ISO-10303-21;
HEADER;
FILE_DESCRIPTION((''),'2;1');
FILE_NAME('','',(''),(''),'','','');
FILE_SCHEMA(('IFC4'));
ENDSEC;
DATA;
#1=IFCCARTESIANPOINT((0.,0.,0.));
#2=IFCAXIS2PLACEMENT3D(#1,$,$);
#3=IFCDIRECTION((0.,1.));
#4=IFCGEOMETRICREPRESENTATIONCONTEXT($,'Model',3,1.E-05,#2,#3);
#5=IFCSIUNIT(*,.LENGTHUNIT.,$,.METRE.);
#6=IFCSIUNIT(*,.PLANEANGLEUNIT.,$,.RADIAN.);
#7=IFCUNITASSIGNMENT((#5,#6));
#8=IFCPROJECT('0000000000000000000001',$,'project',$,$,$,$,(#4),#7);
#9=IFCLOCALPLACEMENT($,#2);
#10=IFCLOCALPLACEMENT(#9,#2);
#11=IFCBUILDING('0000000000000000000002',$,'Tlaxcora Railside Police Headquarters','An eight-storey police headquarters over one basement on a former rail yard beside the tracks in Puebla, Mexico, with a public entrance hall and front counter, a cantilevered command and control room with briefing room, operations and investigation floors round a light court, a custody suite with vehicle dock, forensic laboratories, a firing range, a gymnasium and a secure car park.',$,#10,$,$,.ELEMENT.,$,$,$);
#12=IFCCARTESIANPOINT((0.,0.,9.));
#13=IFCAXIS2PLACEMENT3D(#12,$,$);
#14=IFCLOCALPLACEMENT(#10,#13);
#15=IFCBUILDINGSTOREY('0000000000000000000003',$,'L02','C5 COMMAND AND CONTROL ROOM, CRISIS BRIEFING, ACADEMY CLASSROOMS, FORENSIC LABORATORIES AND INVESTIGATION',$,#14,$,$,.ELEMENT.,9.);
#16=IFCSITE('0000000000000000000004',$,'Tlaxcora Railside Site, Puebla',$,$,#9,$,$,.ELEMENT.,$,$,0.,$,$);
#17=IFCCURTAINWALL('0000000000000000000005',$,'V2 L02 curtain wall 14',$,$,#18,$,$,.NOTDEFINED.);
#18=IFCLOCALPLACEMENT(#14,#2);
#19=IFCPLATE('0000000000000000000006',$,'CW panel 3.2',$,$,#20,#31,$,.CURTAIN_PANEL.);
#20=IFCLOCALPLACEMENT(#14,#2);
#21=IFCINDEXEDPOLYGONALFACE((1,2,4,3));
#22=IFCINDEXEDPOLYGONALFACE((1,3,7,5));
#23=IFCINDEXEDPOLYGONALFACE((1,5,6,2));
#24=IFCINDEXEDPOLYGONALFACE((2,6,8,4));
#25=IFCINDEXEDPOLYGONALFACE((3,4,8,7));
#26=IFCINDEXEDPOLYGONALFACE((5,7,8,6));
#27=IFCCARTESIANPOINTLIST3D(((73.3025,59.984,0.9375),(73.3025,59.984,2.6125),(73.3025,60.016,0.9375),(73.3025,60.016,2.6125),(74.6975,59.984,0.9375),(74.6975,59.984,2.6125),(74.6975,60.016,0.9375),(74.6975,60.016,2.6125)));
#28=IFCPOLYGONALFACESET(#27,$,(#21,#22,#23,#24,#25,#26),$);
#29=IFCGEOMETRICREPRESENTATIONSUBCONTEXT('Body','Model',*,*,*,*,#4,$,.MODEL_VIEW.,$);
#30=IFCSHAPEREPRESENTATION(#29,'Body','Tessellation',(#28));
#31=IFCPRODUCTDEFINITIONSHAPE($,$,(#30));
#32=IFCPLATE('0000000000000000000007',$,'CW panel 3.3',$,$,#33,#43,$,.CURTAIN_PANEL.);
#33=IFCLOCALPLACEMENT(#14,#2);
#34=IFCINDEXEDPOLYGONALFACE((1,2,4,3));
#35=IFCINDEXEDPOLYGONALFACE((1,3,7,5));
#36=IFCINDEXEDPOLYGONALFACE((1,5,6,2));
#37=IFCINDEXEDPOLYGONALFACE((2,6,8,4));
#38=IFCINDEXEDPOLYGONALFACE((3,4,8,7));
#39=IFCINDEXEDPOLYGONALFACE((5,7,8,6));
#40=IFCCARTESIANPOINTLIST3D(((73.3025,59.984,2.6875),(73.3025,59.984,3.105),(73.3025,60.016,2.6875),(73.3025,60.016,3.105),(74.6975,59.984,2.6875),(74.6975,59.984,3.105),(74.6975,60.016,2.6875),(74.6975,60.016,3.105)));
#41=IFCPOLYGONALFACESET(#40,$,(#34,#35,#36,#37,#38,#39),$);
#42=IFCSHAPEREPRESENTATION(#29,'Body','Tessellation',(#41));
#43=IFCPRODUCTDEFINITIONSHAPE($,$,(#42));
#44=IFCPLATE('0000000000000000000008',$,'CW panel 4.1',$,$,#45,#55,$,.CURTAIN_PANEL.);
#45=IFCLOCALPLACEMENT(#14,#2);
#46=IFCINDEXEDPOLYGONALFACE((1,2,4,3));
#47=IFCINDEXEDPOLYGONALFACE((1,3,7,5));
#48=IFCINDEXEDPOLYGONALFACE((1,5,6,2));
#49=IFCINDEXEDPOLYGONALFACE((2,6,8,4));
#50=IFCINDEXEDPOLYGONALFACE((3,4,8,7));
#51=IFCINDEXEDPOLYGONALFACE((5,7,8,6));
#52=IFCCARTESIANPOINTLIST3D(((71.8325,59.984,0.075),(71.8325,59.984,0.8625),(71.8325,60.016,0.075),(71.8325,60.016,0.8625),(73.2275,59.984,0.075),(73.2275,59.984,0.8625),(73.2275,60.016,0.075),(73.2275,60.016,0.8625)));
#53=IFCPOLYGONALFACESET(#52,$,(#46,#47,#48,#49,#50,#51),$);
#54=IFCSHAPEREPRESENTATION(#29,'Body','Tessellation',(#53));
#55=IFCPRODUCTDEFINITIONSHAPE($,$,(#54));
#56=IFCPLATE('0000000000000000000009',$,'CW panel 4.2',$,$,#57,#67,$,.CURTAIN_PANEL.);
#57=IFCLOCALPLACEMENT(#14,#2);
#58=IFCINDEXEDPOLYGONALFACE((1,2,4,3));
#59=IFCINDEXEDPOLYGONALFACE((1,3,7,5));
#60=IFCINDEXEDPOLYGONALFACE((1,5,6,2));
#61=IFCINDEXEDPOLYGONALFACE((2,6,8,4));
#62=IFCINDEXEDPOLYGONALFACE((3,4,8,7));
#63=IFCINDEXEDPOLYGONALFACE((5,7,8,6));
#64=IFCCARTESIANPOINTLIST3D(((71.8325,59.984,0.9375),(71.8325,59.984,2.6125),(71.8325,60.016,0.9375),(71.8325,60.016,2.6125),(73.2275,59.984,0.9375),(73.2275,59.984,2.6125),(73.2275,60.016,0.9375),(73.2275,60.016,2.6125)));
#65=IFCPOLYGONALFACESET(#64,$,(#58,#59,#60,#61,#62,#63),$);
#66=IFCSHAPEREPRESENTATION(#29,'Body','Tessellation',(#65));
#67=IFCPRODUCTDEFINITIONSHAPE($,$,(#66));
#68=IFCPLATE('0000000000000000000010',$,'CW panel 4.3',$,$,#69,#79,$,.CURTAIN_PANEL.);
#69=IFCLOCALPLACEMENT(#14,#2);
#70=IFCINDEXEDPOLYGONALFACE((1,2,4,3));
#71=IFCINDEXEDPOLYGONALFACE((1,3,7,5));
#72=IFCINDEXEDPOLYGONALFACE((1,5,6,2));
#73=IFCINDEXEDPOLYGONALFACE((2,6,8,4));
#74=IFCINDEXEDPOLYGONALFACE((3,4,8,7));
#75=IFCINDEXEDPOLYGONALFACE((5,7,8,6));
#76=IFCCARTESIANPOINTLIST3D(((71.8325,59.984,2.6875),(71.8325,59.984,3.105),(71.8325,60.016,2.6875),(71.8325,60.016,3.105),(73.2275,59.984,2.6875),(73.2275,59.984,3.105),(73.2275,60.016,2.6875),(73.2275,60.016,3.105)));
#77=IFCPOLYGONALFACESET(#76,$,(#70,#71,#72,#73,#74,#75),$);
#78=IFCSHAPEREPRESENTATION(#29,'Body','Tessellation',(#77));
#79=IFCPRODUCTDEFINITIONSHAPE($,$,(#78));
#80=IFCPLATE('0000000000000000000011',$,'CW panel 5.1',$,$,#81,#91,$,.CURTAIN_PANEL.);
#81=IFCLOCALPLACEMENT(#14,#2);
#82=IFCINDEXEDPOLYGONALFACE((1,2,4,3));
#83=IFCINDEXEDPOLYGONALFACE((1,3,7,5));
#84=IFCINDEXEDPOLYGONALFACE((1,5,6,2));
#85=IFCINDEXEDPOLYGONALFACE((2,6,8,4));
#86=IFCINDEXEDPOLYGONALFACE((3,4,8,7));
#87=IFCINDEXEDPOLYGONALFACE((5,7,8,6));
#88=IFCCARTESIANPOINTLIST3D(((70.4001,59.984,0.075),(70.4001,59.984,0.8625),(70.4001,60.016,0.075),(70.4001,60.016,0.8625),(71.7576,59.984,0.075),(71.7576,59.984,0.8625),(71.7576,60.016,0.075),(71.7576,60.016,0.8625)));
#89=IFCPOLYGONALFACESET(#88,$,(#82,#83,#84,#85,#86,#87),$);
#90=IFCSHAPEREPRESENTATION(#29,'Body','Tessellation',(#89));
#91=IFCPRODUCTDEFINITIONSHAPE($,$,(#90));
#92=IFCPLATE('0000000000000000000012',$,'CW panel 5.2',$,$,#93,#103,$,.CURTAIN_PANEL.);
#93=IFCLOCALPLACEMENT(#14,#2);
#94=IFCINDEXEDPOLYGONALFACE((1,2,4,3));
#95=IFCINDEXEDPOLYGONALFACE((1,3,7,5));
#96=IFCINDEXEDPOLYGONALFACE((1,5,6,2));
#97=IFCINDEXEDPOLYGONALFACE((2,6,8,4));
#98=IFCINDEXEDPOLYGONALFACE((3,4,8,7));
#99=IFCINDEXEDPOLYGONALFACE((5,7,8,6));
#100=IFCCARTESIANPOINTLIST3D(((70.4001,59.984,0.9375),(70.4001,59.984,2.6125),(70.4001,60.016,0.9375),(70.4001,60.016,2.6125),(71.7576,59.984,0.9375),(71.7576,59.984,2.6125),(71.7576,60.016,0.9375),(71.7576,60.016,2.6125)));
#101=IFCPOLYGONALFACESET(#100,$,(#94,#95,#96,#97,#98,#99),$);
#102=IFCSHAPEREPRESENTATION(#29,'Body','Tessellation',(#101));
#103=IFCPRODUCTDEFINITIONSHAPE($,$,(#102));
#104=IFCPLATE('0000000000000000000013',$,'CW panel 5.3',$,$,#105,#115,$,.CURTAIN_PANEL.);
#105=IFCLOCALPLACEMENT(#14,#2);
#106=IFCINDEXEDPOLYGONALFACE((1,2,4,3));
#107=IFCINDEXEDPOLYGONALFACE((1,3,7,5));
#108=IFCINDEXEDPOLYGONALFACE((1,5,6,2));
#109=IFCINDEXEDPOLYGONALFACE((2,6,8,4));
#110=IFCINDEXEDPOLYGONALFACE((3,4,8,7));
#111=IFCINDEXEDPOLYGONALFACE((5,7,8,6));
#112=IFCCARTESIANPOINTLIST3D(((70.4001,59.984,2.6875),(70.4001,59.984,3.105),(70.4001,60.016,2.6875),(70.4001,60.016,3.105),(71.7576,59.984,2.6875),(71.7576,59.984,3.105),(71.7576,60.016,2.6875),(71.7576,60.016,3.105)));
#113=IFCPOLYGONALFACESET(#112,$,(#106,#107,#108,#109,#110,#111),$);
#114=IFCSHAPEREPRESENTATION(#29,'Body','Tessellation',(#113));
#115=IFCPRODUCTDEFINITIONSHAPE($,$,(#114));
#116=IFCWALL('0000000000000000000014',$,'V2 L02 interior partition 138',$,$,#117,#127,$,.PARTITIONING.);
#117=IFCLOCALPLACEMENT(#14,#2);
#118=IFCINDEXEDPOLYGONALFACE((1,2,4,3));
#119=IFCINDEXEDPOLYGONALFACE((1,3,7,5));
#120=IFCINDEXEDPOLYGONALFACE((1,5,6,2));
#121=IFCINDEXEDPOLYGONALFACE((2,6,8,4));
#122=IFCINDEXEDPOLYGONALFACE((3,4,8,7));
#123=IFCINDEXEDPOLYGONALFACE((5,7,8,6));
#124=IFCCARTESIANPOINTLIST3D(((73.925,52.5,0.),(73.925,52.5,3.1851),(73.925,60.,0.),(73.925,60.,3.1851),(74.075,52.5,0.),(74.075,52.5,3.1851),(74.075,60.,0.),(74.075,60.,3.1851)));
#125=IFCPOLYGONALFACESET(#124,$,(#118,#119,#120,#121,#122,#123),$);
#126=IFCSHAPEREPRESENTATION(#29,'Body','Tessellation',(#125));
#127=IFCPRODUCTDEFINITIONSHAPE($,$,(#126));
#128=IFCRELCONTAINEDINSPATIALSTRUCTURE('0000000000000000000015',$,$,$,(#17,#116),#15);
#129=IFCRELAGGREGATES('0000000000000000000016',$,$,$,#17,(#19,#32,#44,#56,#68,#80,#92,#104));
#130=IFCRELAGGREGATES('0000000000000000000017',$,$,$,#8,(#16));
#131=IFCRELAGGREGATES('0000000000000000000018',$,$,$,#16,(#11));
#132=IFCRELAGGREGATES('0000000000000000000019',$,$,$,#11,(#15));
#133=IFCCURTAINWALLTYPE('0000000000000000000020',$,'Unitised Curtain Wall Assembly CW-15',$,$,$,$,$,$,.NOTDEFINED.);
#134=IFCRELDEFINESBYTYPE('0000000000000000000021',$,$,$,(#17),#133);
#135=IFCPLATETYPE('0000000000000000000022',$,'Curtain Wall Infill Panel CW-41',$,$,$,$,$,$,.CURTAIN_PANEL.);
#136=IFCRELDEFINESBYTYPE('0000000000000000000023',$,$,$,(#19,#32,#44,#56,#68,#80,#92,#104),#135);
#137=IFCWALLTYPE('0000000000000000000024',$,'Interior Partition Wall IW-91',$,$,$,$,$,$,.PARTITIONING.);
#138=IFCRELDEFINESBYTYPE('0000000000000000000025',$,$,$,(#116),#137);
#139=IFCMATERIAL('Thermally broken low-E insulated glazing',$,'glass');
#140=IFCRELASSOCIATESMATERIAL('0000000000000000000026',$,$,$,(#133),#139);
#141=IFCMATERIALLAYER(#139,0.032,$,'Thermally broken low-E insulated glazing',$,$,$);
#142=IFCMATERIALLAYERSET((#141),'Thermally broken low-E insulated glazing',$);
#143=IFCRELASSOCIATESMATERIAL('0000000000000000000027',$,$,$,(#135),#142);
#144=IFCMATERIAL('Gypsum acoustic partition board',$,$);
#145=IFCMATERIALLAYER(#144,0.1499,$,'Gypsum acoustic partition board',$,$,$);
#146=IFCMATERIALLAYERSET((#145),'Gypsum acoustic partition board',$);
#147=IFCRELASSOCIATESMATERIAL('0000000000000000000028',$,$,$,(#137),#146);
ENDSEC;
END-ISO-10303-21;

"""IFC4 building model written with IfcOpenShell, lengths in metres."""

from ifc_helpers import new_model, si_unit, direction, frame, frame_2d, origin, origin_2d, place, context, subcontext, project, spatial, rectangle, extrude, material, layer, layer_set, type_object, element, aggregate, save


model = new_model("IFC4")

# Units and contexts
model_context = context("Model", 3, precision=1e-05, world=origin(), true_north=direction((0.0, 1.0)))
body_context = subcontext(model_context, "Body", "Model", "MODEL_VIEW")
ifc_project = project(units=[si_unit("LENGTHUNIT", "METRE"), si_unit("PLANEANGLEUNIT", "RADIAN")], contexts=[model_context])

# Site, building, storey
site_placement = place(None, origin())
site = spatial("IfcSite", under=ifc_project, at=site_placement, Name="Tlaxcora Railside Site, Puebla", CompositionType="ELEMENT", RefElevation=0.0)
building_placement = place(site_placement, origin())
building = spatial("IfcBuilding", under=site, at=building_placement, Name="Tlaxcora Railside Police Headquarters", Description="An eight-storey police headquarters over one basement on a former rail yard beside the tracks in Puebla, Mexico, with a public entrance hall and front counter, a cantilevered command and control room with briefing room, operations and investigation floors round a light court, a custody suite with vehicle dock, forensic laboratories, a firing range, a gymnasium and a secure car park.", CompositionType="ELEMENT")
storey_placement = place(building_placement, frame((0.0, 0.0, 9.0)))
storey = spatial("IfcBuildingStorey", under=building, at=storey_placement, Name="L02", Description="C5 COMMAND AND CONTROL ROOM, CRISIS BRIEFING, ACADEMY CLASSROOMS, FORENSIC LABORATORIES AND INVESTIGATION", CompositionType="ELEMENT", Elevation=9.0)

# Curtain wall
ifc_material_1 = material(Name="Thermally broken low-E insulated glazing", Category="glass")
curtain_wall_type_1 = type_object("IfcCurtainWallType", Name="Unitised Curtain Wall Assembly CW-15", PredefinedType="NOTDEFINED", material=ifc_material_1)
curtain_wall_1_placement = place(storey_placement, origin())
curtain_wall_1 = element("IfcCurtainWall", 1, at=curtain_wall_1_placement, inside=storey, type_object=curtain_wall_type_1, Name="V2 L02 curtain wall 14", PredefinedType="NOTDEFINED")

# Plates
ifc_layer_1 = layer(ifc_material_1, 0.032, Name="Thermally broken low-E insulated glazing")
ifc_layer_set_1 = layer_set([ifc_layer_1], Name="Thermally broken low-E insulated glazing")
plate_type = type_object("IfcPlateType", Name="Curtain Wall Infill Panel CW-41", PredefinedType="CURTAIN_PANEL", material=ifc_layer_set_1)
plate_1_placement = place(storey_placement, frame((74.0, 60.0, 0.9375), z_axis=(0.0, 0.0, 1.0), x_axis=(-1.0, 0.0, 0.0)))
plate_1 = element("IfcPlate", 2, at=plate_1_placement, type_object=plate_type, Name="CW panel 3.2", PredefinedType="CURTAIN_PANEL", context=body_context, shape_type="SweptSolid", body=[
    extrude(rectangle(XDim=1.395, YDim=0.032, at=origin_2d()), origin(), (0.0, 0.0, 1.0), 1.675),
])
plate_2_placement = place(storey_placement, frame((74.0, 60.0, 2.6875), z_axis=(0.0, 0.0, 1.0), x_axis=(-1.0, 0.0, 0.0)))
plate_2 = element("IfcPlate", 3, at=plate_2_placement, type_object=plate_type, Name="CW panel 3.3", PredefinedType="CURTAIN_PANEL", context=body_context, shape_type="SweptSolid", body=[
    extrude(rectangle(XDim=1.395, YDim=0.032, at=origin_2d()), origin(), (0.0, 0.0, 1.0), 0.4175),
])
plate_3_placement = place(storey_placement, frame((72.53, 60.0, 0.075), z_axis=(0.0, 0.0, 1.0), x_axis=(-1.0, 0.0, 0.0)))
plate_3 = element("IfcPlate", 4, at=plate_3_placement, type_object=plate_type, Name="CW panel 4.1", PredefinedType="CURTAIN_PANEL", context=body_context, shape_type="SweptSolid", body=[
    extrude(rectangle(XDim=1.395, YDim=0.032, at=origin_2d()), origin(), (0.0, 0.0, 1.0), 0.7876),
])
plate_4_placement = place(storey_placement, frame((72.53, 60.0, 0.9375), z_axis=(0.0, 0.0, 1.0), x_axis=(-1.0, 0.0, 0.0)))
plate_4 = element("IfcPlate", 5, at=plate_4_placement, type_object=plate_type, Name="CW panel 4.2", PredefinedType="CURTAIN_PANEL", context=body_context, shape_type="SweptSolid", body=[
    extrude(rectangle(XDim=1.395, YDim=0.032, at=origin_2d()), origin(), (0.0, 0.0, 1.0), 1.675),
])
plate_5_placement = place(storey_placement, frame((72.53, 60.0, 2.6875), z_axis=(0.0, 0.0, 1.0), x_axis=(-1.0, 0.0, 0.0)))
plate_5 = element("IfcPlate", 6, at=plate_5_placement, type_object=plate_type, Name="CW panel 4.3", PredefinedType="CURTAIN_PANEL", context=body_context, shape_type="SweptSolid", body=[
    extrude(rectangle(XDim=1.395, YDim=0.032, at=origin_2d()), origin(), (0.0, 0.0, 1.0), 0.4175),
])
plate_6_placement = place(storey_placement, frame((71.0789, 60.0, 0.075), z_axis=(0.0, 0.0, 1.0), x_axis=(-1.0, 0.0, 0.0)))
plate_6 = element("IfcPlate", 7, at=plate_6_placement, type_object=plate_type, Name="CW panel 5.1", PredefinedType="CURTAIN_PANEL", context=body_context, shape_type="SweptSolid", body=[
    extrude(rectangle(XDim=1.3574, YDim=0.032, at=origin_2d()), origin(), (0.0, 0.0, 1.0), 0.7876),
])
plate_7_placement = place(storey_placement, frame((71.0789, 60.0, 0.9375), z_axis=(0.0, 0.0, 1.0), x_axis=(-1.0, 0.0, 0.0)))
plate_7 = element("IfcPlate", 8, at=plate_7_placement, type_object=plate_type, Name="CW panel 5.2", PredefinedType="CURTAIN_PANEL", context=body_context, shape_type="SweptSolid", body=[
    extrude(rectangle(XDim=1.3574, YDim=0.032, at=origin_2d()), origin(), (0.0, 0.0, 1.0), 1.675),
])
plate_8_placement = place(storey_placement, frame((71.0789, 60.0, 2.6875), z_axis=(0.0, 0.0, 1.0), x_axis=(-1.0, 0.0, 0.0)))
plate_8 = element("IfcPlate", 9, at=plate_8_placement, type_object=plate_type, Name="CW panel 5.3", PredefinedType="CURTAIN_PANEL", context=body_context, shape_type="SweptSolid", body=[
    extrude(rectangle(XDim=1.3574, YDim=0.032, at=origin_2d()), origin(), (0.0, 0.0, 1.0), 0.4175),
])
aggregate(curtain_wall_1, [plate_1, plate_2, plate_3, plate_4, plate_5, plate_6, plate_7, plate_8])

# Wall
ifc_material_2 = material(Name="Gypsum acoustic partition board")
ifc_layer_2 = layer(ifc_material_2, 0.1499, Name="Gypsum acoustic partition board")
ifc_layer_set_2 = layer_set([ifc_layer_2], Name="Gypsum acoustic partition board")
wall_type = type_object("IfcWallType", Name="Interior Partition Wall IW-91", PredefinedType="PARTITIONING", material=ifc_layer_set_2)
wall_placement = place(storey_placement, frame((74.0, 52.5, 0.0), z_axis=(0.0, 0.0, 1.0), x_axis=(0.0, 1.0, 0.0)))
element("IfcWall", 10, at=wall_placement, inside=storey, type_object=wall_type, Name="V2 L02 interior partition 138", PredefinedType="PARTITIONING", context=body_context, shape_type="SweptSolid", body=[
    extrude(rectangle(XDim=7.5, YDim=0.1499, at=frame_2d((3.75, 0.0))), origin(), (0.0, 0.0, 1.0), 3.1851),
])

save(model, "model.ifc")
